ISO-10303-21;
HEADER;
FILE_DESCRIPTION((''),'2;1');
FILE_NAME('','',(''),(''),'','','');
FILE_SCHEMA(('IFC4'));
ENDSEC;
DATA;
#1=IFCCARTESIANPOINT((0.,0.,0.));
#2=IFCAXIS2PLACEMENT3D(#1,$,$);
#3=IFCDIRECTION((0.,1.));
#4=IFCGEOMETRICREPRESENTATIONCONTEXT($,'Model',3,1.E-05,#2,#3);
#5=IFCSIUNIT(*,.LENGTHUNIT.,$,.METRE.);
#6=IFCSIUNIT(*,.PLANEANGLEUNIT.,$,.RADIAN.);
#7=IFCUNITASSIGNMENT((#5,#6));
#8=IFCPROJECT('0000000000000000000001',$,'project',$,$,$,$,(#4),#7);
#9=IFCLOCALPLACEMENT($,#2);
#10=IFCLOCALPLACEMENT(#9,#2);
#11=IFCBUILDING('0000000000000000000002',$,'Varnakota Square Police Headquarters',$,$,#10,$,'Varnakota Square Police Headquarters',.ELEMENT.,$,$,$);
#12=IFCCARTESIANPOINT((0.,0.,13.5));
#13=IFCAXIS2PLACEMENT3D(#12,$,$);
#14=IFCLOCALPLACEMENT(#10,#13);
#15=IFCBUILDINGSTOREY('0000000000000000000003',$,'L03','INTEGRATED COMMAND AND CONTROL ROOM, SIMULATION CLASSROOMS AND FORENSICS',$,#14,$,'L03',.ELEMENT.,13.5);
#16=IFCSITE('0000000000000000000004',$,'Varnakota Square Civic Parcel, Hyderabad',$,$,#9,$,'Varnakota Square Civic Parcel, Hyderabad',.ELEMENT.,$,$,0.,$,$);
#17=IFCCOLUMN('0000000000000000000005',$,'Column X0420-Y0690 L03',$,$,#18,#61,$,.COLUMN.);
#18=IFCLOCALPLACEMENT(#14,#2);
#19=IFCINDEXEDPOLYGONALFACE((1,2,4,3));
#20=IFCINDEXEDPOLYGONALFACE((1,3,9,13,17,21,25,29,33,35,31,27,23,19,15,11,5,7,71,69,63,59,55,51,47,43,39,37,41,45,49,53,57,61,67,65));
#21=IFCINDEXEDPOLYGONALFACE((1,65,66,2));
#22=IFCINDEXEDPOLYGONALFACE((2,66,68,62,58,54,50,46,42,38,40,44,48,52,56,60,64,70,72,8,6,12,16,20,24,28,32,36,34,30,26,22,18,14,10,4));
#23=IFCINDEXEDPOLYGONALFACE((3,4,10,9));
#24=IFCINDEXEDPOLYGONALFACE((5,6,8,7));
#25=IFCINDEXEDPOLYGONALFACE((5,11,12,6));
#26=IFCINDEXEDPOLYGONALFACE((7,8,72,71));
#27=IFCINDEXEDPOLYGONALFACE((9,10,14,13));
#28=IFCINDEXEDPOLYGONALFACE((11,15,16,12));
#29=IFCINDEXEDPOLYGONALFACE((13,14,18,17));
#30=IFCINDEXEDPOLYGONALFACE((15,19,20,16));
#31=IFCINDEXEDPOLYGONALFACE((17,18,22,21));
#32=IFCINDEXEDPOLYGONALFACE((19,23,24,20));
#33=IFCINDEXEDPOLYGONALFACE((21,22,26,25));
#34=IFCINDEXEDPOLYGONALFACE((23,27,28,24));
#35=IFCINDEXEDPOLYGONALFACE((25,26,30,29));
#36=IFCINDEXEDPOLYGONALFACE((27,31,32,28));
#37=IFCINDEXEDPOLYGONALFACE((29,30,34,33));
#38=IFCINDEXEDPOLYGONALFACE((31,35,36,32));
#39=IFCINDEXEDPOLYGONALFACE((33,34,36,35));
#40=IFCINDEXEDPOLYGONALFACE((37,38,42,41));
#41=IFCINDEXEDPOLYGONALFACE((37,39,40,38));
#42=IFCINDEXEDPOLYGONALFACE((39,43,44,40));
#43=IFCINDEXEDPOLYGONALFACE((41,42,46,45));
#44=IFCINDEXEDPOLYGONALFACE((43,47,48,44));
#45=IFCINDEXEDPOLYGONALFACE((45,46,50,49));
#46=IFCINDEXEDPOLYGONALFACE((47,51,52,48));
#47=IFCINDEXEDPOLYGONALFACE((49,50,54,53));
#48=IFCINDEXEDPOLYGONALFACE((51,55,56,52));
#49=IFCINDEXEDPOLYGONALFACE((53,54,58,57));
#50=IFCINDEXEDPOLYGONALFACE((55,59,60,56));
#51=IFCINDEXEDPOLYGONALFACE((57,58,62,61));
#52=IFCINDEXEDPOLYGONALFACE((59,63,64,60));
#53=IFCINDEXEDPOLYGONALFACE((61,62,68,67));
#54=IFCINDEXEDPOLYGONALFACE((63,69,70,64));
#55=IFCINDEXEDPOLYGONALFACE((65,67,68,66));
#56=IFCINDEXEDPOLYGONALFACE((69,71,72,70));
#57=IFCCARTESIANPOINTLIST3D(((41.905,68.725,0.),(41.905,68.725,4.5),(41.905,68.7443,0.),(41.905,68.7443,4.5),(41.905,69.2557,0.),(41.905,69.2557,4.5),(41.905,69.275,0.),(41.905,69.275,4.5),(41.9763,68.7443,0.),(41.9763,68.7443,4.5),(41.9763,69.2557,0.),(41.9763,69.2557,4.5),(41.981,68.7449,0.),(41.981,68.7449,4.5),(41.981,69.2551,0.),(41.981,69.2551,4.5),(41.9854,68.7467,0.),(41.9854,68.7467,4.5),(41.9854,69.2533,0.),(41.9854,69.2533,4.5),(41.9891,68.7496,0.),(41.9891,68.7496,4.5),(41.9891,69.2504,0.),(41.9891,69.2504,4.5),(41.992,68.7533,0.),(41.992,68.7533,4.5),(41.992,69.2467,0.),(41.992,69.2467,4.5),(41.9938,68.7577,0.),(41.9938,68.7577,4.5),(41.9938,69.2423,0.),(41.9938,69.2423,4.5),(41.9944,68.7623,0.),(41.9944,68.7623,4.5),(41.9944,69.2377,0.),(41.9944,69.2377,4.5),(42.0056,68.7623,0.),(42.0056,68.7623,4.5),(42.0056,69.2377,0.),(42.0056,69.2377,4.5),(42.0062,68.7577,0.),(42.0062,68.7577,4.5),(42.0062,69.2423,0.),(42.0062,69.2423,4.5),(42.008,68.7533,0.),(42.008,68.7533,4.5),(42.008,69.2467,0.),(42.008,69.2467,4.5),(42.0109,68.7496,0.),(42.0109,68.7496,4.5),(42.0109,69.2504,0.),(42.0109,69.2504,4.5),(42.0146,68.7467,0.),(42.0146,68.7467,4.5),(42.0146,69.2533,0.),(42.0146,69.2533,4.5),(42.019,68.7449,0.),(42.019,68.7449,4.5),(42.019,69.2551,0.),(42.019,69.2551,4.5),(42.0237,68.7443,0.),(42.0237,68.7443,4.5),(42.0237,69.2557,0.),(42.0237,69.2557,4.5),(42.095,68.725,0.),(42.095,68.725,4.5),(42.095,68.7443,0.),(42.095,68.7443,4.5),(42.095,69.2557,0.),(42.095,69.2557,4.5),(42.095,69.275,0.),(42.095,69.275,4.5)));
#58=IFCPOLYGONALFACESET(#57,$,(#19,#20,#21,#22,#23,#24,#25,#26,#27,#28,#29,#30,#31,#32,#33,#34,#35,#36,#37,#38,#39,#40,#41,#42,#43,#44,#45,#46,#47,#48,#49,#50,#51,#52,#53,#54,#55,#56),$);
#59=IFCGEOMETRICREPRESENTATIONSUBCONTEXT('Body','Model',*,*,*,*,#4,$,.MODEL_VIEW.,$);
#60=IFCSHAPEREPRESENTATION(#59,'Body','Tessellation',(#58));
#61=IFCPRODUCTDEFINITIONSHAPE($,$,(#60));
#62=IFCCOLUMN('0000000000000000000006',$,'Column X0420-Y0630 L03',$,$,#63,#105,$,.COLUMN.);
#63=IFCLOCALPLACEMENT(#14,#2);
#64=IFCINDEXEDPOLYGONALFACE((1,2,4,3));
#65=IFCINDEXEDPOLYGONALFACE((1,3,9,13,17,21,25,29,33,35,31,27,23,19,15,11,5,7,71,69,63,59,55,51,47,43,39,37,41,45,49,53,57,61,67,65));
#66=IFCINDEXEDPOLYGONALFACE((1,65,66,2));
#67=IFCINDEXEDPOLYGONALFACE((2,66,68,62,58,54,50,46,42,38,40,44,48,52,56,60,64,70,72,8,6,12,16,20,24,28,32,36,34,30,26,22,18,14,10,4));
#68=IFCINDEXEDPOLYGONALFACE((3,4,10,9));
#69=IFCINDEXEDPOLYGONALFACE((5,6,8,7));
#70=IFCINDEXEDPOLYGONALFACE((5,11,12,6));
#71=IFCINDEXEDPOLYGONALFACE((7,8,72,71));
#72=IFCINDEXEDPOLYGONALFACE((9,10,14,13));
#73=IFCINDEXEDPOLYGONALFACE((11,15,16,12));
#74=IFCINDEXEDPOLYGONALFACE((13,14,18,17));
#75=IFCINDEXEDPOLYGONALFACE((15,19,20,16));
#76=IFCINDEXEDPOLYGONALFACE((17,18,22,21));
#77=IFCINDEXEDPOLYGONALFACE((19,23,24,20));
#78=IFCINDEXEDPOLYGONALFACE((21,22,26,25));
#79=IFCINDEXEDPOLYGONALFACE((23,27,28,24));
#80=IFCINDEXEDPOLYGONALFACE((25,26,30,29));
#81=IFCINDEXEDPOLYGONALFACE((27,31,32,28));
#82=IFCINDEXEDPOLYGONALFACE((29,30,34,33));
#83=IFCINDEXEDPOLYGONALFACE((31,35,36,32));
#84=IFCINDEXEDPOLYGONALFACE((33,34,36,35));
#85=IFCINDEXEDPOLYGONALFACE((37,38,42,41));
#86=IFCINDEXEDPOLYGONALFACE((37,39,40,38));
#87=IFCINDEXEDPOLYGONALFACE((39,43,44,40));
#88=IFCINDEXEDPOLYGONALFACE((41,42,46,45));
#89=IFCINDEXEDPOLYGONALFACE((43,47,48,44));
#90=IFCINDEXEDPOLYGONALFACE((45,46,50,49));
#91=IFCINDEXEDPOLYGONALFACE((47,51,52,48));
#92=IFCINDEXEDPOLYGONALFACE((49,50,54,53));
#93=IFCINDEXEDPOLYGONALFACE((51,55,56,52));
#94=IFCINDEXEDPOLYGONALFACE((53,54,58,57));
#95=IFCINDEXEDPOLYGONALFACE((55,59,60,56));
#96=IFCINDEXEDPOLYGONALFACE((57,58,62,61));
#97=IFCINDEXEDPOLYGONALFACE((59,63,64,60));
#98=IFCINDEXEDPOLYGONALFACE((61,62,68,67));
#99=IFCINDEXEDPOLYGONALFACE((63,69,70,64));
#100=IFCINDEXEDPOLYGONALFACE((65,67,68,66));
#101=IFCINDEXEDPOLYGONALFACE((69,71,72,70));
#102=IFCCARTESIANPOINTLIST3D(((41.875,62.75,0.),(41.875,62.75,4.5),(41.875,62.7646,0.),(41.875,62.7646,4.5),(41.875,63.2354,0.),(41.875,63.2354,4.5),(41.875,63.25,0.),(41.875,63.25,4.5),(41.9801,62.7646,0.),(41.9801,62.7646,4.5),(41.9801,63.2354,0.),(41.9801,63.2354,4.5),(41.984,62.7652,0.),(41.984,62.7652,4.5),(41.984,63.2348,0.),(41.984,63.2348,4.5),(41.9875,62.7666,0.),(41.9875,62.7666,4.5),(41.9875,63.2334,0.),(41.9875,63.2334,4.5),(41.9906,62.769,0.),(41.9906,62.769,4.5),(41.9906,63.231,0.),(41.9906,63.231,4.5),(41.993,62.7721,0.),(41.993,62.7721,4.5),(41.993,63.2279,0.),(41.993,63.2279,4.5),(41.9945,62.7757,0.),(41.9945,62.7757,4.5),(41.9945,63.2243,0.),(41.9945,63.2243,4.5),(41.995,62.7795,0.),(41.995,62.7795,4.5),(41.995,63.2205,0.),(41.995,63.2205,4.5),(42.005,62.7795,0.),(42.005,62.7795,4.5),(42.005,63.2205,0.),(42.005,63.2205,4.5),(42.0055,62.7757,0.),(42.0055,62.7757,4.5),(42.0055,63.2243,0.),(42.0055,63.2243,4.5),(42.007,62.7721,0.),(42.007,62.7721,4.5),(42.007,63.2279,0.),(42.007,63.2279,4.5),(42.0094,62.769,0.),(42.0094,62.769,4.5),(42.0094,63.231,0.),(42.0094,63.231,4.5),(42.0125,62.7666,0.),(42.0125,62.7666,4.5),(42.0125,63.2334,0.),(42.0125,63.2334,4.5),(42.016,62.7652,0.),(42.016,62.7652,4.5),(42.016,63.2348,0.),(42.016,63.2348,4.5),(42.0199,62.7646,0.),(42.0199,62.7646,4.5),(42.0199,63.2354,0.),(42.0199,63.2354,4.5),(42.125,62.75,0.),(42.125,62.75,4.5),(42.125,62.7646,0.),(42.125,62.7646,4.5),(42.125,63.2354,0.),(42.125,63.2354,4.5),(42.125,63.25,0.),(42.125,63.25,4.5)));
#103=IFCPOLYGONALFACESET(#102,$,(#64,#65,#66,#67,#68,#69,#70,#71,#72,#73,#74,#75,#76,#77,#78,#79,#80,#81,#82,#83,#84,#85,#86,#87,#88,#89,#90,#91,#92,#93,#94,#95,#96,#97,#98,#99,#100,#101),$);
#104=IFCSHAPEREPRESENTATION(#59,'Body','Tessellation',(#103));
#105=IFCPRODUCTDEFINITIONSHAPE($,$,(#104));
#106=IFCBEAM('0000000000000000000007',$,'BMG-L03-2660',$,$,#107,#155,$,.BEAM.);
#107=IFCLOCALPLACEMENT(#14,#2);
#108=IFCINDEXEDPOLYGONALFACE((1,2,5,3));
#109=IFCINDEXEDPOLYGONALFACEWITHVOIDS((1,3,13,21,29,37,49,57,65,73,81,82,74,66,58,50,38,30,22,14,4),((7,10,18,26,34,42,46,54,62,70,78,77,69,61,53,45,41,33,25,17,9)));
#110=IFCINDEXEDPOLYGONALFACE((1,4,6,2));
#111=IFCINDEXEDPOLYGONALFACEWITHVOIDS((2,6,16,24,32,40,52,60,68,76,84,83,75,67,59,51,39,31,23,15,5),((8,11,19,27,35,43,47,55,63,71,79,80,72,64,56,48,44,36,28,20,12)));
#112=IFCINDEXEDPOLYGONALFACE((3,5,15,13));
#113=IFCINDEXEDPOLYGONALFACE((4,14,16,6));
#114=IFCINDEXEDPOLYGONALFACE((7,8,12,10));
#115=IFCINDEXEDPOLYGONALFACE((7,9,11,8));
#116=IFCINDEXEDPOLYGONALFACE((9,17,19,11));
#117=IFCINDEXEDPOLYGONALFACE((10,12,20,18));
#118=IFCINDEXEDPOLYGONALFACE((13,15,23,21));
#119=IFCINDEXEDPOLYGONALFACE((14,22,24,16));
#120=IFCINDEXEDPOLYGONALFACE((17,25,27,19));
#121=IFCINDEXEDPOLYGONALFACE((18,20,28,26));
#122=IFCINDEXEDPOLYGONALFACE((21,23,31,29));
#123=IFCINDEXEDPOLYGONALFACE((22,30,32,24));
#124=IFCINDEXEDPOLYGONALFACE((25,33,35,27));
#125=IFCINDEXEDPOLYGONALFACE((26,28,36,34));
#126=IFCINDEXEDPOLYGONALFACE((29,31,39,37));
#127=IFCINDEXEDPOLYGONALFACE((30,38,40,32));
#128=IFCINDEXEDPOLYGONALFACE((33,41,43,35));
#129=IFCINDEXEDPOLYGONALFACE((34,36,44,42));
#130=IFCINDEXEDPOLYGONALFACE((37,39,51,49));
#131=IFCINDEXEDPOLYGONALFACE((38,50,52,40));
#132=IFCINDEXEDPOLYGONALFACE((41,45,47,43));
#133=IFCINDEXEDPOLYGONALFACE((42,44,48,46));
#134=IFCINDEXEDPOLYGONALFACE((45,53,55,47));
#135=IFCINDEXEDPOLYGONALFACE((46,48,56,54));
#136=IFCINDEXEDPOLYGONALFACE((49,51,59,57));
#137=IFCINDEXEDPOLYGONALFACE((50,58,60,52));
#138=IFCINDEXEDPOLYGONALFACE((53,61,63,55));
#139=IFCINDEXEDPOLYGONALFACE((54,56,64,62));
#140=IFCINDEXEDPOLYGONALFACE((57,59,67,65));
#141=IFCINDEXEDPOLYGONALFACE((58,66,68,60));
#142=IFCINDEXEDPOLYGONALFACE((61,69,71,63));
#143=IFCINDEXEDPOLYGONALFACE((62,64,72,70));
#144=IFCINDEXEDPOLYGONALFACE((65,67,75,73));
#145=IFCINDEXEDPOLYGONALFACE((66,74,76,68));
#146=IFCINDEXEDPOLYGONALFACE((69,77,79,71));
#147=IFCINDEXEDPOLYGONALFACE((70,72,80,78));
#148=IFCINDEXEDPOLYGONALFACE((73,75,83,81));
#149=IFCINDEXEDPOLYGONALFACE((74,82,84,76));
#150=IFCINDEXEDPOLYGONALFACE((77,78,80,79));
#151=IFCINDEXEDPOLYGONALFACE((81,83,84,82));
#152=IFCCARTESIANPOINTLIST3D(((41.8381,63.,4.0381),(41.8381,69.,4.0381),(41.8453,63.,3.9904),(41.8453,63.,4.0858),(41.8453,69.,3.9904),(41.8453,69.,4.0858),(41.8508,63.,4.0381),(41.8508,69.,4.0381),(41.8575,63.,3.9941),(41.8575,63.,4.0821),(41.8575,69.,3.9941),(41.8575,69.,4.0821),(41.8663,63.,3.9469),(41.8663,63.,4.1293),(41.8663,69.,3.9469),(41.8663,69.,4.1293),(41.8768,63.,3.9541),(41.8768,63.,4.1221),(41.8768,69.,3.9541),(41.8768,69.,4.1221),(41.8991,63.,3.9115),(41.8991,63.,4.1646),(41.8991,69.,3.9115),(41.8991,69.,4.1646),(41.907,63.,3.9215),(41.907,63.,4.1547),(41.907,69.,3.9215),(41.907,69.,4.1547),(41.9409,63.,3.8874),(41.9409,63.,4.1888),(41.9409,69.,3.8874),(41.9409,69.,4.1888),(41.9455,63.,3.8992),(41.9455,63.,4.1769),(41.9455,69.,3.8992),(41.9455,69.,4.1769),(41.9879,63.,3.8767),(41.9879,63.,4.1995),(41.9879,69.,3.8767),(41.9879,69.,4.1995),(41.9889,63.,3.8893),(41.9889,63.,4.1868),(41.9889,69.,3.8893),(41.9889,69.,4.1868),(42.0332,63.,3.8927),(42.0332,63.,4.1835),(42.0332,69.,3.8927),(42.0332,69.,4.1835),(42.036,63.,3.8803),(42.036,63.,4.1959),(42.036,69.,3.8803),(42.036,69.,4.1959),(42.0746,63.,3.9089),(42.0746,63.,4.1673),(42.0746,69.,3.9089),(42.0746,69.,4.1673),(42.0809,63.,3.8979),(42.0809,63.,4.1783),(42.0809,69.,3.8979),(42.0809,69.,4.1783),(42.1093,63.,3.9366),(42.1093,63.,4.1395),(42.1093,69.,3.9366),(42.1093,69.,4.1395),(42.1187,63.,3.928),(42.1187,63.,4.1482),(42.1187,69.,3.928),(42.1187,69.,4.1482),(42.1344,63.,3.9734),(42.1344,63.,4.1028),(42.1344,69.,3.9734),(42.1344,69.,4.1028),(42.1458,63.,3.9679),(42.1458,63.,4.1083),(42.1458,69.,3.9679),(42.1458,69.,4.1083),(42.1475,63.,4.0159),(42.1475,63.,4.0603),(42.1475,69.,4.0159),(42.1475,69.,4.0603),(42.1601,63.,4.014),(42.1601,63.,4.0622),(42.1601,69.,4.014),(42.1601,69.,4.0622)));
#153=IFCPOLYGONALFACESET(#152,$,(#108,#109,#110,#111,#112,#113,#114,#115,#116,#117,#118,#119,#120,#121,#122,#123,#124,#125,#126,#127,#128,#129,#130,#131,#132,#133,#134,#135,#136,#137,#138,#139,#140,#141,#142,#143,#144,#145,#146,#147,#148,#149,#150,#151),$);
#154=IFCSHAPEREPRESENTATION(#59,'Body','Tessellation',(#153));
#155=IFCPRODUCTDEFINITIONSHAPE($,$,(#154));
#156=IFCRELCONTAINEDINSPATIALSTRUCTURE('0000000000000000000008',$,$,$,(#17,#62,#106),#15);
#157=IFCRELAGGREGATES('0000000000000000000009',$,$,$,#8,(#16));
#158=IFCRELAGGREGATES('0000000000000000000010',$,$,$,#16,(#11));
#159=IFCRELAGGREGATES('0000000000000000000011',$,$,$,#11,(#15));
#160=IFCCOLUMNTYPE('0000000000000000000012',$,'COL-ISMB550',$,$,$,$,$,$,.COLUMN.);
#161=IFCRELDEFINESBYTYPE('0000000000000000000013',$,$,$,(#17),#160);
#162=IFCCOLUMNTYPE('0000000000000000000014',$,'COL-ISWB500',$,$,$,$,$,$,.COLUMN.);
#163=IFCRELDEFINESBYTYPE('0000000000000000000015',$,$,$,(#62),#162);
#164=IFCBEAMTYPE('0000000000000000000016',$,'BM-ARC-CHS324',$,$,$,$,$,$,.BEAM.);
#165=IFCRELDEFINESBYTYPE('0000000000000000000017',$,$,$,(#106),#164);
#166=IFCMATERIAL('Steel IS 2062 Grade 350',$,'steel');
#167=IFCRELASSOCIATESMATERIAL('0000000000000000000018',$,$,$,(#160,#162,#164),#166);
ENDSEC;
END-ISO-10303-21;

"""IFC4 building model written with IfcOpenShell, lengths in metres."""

from ifc_helpers import new_model, si_unit, direction, frame, origin, origin_2d, place, context, subcontext, project, spatial, hollow_circle, i_section, extrude, material, material_profile, profile_set, type_object, element, save


model = new_model("IFC4")

# Units and contexts
model_context = context("Model", 3, precision=1e-05, world=origin(), true_north=direction((0.0, 1.0)))
body_context = subcontext(model_context, "Body", "Model", "MODEL_VIEW")
ifc_project = project(units=[si_unit("LENGTHUNIT", "METRE"), si_unit("PLANEANGLEUNIT", "RADIAN")], contexts=[model_context])

# Site, building, storey
site_placement = place(None, origin())
site = spatial("IfcSite", under=ifc_project, at=site_placement, Name="Varnakota Square Civic Parcel, Hyderabad", LongName="Varnakota Square Civic Parcel, Hyderabad", CompositionType="ELEMENT", RefElevation=0.0)
building_placement = place(site_placement, origin())
building = spatial("IfcBuilding", under=site, at=building_placement, Name="Varnakota Square Police Headquarters", LongName="Varnakota Square Police Headquarters", CompositionType="ELEMENT")
storey_placement = place(building_placement, frame((0.0, 0.0, 13.5)))
storey = spatial("IfcBuildingStorey", under=building, at=storey_placement, Name="L03", Description="INTEGRATED COMMAND AND CONTROL ROOM, SIMULATION CLASSROOMS AND FORENSICS", LongName="L03", CompositionType="ELEMENT", Elevation=13.5)

# Columns
ifc_material_1 = material(Name="Steel IS 2062 Grade 350", Category="steel")
ifc_material_profile_1 = material_profile(ifc_material_1, i_section(OverallWidth=0.1899, OverallDepth=0.55, WebThickness=0.0112, FlangeThickness=0.0193, FilletRadius=0.0181, at=origin_2d()), Name="ISMB 550")
ifc_profile_set_1 = profile_set([ifc_material_profile_1], Name="Steel IS 2062 Grade 350")
column_type_1 = type_object("IfcColumnType", Name="COL-ISMB550", PredefinedType="COLUMN", material=ifc_profile_set_1)
column_1_placement = place(storey_placement, frame((42.0, 69.0, 0.0), z_axis=(0.0, 0.0, 1.0), x_axis=(1.0, 0.0, 0.0)))
element("IfcColumn", 1, at=column_1_placement, inside=storey, type_object=column_type_1, Name="Column X0420-Y0690 L03", PredefinedType="COLUMN", context=body_context, shape_type="SweptSolid", body=[
    extrude(i_section(OverallWidth=0.1899, OverallDepth=0.55, WebThickness=0.0112, FlangeThickness=0.0193, FilletRadius=0.0181, at=origin_2d()), origin(), (0.0, 0.0, 1.0), 4.5),
])
ifc_material_profile_2 = material_profile(ifc_material_1, i_section(OverallWidth=0.25, OverallDepth=0.5, WebThickness=0.01, FlangeThickness=0.0146, FilletRadius=0.0149, at=origin_2d()), Name="ISWB 500")
ifc_profile_set_2 = profile_set([ifc_material_profile_2], Name="Steel IS 2062 Grade 350")
column_type_2 = type_object("IfcColumnType", Name="COL-ISWB500", PredefinedType="COLUMN", material=ifc_profile_set_2)
column_2_placement = place(storey_placement, frame((42.0, 63.0, 0.0), z_axis=(0.0, 0.0, 1.0), x_axis=(1.0, 0.0, 0.0)))
element("IfcColumn", 2, at=column_2_placement, inside=storey, type_object=column_type_2, Name="Column X0420-Y0630 L03", PredefinedType="COLUMN", context=body_context, shape_type="SweptSolid", body=[
    extrude(i_section(OverallWidth=0.25, OverallDepth=0.5, WebThickness=0.01, FlangeThickness=0.0146, FilletRadius=0.0149, at=origin_2d()), origin(), (0.0, 0.0, 1.0), 4.5),
])

# Beam
ifc_material_profile_3 = material_profile(ifc_material_1, hollow_circle(Radius=0.1619, WallThickness=0.0127, at=origin_2d()), Name="CHS 323.9x12.7")
ifc_profile_set_3 = profile_set([ifc_material_profile_3], Name="Steel IS 2062 Grade 350")
beam_type_1 = type_object("IfcBeamType", Name="BM-ARC-CHS324", PredefinedType="BEAM", material=ifc_profile_set_3)
beam_1_placement = place(storey_placement, frame((42.0, 63.0, 4.0381), z_axis=(0.0, 1.0, 0.0), x_axis=(-1.0, 0.0, 0.0)))
element("IfcBeam", 3, at=beam_1_placement, inside=storey, type_object=beam_type_1, Name="BMG-L03-2660", PredefinedType="BEAM", context=body_context, shape_type="SweptSolid", body=[
    extrude(hollow_circle(Radius=0.1619, WallThickness=0.0127, at=origin_2d()), origin(), (0.0, 0.0, 1.0), 6.0),
])

save(model, "model.ifc")
